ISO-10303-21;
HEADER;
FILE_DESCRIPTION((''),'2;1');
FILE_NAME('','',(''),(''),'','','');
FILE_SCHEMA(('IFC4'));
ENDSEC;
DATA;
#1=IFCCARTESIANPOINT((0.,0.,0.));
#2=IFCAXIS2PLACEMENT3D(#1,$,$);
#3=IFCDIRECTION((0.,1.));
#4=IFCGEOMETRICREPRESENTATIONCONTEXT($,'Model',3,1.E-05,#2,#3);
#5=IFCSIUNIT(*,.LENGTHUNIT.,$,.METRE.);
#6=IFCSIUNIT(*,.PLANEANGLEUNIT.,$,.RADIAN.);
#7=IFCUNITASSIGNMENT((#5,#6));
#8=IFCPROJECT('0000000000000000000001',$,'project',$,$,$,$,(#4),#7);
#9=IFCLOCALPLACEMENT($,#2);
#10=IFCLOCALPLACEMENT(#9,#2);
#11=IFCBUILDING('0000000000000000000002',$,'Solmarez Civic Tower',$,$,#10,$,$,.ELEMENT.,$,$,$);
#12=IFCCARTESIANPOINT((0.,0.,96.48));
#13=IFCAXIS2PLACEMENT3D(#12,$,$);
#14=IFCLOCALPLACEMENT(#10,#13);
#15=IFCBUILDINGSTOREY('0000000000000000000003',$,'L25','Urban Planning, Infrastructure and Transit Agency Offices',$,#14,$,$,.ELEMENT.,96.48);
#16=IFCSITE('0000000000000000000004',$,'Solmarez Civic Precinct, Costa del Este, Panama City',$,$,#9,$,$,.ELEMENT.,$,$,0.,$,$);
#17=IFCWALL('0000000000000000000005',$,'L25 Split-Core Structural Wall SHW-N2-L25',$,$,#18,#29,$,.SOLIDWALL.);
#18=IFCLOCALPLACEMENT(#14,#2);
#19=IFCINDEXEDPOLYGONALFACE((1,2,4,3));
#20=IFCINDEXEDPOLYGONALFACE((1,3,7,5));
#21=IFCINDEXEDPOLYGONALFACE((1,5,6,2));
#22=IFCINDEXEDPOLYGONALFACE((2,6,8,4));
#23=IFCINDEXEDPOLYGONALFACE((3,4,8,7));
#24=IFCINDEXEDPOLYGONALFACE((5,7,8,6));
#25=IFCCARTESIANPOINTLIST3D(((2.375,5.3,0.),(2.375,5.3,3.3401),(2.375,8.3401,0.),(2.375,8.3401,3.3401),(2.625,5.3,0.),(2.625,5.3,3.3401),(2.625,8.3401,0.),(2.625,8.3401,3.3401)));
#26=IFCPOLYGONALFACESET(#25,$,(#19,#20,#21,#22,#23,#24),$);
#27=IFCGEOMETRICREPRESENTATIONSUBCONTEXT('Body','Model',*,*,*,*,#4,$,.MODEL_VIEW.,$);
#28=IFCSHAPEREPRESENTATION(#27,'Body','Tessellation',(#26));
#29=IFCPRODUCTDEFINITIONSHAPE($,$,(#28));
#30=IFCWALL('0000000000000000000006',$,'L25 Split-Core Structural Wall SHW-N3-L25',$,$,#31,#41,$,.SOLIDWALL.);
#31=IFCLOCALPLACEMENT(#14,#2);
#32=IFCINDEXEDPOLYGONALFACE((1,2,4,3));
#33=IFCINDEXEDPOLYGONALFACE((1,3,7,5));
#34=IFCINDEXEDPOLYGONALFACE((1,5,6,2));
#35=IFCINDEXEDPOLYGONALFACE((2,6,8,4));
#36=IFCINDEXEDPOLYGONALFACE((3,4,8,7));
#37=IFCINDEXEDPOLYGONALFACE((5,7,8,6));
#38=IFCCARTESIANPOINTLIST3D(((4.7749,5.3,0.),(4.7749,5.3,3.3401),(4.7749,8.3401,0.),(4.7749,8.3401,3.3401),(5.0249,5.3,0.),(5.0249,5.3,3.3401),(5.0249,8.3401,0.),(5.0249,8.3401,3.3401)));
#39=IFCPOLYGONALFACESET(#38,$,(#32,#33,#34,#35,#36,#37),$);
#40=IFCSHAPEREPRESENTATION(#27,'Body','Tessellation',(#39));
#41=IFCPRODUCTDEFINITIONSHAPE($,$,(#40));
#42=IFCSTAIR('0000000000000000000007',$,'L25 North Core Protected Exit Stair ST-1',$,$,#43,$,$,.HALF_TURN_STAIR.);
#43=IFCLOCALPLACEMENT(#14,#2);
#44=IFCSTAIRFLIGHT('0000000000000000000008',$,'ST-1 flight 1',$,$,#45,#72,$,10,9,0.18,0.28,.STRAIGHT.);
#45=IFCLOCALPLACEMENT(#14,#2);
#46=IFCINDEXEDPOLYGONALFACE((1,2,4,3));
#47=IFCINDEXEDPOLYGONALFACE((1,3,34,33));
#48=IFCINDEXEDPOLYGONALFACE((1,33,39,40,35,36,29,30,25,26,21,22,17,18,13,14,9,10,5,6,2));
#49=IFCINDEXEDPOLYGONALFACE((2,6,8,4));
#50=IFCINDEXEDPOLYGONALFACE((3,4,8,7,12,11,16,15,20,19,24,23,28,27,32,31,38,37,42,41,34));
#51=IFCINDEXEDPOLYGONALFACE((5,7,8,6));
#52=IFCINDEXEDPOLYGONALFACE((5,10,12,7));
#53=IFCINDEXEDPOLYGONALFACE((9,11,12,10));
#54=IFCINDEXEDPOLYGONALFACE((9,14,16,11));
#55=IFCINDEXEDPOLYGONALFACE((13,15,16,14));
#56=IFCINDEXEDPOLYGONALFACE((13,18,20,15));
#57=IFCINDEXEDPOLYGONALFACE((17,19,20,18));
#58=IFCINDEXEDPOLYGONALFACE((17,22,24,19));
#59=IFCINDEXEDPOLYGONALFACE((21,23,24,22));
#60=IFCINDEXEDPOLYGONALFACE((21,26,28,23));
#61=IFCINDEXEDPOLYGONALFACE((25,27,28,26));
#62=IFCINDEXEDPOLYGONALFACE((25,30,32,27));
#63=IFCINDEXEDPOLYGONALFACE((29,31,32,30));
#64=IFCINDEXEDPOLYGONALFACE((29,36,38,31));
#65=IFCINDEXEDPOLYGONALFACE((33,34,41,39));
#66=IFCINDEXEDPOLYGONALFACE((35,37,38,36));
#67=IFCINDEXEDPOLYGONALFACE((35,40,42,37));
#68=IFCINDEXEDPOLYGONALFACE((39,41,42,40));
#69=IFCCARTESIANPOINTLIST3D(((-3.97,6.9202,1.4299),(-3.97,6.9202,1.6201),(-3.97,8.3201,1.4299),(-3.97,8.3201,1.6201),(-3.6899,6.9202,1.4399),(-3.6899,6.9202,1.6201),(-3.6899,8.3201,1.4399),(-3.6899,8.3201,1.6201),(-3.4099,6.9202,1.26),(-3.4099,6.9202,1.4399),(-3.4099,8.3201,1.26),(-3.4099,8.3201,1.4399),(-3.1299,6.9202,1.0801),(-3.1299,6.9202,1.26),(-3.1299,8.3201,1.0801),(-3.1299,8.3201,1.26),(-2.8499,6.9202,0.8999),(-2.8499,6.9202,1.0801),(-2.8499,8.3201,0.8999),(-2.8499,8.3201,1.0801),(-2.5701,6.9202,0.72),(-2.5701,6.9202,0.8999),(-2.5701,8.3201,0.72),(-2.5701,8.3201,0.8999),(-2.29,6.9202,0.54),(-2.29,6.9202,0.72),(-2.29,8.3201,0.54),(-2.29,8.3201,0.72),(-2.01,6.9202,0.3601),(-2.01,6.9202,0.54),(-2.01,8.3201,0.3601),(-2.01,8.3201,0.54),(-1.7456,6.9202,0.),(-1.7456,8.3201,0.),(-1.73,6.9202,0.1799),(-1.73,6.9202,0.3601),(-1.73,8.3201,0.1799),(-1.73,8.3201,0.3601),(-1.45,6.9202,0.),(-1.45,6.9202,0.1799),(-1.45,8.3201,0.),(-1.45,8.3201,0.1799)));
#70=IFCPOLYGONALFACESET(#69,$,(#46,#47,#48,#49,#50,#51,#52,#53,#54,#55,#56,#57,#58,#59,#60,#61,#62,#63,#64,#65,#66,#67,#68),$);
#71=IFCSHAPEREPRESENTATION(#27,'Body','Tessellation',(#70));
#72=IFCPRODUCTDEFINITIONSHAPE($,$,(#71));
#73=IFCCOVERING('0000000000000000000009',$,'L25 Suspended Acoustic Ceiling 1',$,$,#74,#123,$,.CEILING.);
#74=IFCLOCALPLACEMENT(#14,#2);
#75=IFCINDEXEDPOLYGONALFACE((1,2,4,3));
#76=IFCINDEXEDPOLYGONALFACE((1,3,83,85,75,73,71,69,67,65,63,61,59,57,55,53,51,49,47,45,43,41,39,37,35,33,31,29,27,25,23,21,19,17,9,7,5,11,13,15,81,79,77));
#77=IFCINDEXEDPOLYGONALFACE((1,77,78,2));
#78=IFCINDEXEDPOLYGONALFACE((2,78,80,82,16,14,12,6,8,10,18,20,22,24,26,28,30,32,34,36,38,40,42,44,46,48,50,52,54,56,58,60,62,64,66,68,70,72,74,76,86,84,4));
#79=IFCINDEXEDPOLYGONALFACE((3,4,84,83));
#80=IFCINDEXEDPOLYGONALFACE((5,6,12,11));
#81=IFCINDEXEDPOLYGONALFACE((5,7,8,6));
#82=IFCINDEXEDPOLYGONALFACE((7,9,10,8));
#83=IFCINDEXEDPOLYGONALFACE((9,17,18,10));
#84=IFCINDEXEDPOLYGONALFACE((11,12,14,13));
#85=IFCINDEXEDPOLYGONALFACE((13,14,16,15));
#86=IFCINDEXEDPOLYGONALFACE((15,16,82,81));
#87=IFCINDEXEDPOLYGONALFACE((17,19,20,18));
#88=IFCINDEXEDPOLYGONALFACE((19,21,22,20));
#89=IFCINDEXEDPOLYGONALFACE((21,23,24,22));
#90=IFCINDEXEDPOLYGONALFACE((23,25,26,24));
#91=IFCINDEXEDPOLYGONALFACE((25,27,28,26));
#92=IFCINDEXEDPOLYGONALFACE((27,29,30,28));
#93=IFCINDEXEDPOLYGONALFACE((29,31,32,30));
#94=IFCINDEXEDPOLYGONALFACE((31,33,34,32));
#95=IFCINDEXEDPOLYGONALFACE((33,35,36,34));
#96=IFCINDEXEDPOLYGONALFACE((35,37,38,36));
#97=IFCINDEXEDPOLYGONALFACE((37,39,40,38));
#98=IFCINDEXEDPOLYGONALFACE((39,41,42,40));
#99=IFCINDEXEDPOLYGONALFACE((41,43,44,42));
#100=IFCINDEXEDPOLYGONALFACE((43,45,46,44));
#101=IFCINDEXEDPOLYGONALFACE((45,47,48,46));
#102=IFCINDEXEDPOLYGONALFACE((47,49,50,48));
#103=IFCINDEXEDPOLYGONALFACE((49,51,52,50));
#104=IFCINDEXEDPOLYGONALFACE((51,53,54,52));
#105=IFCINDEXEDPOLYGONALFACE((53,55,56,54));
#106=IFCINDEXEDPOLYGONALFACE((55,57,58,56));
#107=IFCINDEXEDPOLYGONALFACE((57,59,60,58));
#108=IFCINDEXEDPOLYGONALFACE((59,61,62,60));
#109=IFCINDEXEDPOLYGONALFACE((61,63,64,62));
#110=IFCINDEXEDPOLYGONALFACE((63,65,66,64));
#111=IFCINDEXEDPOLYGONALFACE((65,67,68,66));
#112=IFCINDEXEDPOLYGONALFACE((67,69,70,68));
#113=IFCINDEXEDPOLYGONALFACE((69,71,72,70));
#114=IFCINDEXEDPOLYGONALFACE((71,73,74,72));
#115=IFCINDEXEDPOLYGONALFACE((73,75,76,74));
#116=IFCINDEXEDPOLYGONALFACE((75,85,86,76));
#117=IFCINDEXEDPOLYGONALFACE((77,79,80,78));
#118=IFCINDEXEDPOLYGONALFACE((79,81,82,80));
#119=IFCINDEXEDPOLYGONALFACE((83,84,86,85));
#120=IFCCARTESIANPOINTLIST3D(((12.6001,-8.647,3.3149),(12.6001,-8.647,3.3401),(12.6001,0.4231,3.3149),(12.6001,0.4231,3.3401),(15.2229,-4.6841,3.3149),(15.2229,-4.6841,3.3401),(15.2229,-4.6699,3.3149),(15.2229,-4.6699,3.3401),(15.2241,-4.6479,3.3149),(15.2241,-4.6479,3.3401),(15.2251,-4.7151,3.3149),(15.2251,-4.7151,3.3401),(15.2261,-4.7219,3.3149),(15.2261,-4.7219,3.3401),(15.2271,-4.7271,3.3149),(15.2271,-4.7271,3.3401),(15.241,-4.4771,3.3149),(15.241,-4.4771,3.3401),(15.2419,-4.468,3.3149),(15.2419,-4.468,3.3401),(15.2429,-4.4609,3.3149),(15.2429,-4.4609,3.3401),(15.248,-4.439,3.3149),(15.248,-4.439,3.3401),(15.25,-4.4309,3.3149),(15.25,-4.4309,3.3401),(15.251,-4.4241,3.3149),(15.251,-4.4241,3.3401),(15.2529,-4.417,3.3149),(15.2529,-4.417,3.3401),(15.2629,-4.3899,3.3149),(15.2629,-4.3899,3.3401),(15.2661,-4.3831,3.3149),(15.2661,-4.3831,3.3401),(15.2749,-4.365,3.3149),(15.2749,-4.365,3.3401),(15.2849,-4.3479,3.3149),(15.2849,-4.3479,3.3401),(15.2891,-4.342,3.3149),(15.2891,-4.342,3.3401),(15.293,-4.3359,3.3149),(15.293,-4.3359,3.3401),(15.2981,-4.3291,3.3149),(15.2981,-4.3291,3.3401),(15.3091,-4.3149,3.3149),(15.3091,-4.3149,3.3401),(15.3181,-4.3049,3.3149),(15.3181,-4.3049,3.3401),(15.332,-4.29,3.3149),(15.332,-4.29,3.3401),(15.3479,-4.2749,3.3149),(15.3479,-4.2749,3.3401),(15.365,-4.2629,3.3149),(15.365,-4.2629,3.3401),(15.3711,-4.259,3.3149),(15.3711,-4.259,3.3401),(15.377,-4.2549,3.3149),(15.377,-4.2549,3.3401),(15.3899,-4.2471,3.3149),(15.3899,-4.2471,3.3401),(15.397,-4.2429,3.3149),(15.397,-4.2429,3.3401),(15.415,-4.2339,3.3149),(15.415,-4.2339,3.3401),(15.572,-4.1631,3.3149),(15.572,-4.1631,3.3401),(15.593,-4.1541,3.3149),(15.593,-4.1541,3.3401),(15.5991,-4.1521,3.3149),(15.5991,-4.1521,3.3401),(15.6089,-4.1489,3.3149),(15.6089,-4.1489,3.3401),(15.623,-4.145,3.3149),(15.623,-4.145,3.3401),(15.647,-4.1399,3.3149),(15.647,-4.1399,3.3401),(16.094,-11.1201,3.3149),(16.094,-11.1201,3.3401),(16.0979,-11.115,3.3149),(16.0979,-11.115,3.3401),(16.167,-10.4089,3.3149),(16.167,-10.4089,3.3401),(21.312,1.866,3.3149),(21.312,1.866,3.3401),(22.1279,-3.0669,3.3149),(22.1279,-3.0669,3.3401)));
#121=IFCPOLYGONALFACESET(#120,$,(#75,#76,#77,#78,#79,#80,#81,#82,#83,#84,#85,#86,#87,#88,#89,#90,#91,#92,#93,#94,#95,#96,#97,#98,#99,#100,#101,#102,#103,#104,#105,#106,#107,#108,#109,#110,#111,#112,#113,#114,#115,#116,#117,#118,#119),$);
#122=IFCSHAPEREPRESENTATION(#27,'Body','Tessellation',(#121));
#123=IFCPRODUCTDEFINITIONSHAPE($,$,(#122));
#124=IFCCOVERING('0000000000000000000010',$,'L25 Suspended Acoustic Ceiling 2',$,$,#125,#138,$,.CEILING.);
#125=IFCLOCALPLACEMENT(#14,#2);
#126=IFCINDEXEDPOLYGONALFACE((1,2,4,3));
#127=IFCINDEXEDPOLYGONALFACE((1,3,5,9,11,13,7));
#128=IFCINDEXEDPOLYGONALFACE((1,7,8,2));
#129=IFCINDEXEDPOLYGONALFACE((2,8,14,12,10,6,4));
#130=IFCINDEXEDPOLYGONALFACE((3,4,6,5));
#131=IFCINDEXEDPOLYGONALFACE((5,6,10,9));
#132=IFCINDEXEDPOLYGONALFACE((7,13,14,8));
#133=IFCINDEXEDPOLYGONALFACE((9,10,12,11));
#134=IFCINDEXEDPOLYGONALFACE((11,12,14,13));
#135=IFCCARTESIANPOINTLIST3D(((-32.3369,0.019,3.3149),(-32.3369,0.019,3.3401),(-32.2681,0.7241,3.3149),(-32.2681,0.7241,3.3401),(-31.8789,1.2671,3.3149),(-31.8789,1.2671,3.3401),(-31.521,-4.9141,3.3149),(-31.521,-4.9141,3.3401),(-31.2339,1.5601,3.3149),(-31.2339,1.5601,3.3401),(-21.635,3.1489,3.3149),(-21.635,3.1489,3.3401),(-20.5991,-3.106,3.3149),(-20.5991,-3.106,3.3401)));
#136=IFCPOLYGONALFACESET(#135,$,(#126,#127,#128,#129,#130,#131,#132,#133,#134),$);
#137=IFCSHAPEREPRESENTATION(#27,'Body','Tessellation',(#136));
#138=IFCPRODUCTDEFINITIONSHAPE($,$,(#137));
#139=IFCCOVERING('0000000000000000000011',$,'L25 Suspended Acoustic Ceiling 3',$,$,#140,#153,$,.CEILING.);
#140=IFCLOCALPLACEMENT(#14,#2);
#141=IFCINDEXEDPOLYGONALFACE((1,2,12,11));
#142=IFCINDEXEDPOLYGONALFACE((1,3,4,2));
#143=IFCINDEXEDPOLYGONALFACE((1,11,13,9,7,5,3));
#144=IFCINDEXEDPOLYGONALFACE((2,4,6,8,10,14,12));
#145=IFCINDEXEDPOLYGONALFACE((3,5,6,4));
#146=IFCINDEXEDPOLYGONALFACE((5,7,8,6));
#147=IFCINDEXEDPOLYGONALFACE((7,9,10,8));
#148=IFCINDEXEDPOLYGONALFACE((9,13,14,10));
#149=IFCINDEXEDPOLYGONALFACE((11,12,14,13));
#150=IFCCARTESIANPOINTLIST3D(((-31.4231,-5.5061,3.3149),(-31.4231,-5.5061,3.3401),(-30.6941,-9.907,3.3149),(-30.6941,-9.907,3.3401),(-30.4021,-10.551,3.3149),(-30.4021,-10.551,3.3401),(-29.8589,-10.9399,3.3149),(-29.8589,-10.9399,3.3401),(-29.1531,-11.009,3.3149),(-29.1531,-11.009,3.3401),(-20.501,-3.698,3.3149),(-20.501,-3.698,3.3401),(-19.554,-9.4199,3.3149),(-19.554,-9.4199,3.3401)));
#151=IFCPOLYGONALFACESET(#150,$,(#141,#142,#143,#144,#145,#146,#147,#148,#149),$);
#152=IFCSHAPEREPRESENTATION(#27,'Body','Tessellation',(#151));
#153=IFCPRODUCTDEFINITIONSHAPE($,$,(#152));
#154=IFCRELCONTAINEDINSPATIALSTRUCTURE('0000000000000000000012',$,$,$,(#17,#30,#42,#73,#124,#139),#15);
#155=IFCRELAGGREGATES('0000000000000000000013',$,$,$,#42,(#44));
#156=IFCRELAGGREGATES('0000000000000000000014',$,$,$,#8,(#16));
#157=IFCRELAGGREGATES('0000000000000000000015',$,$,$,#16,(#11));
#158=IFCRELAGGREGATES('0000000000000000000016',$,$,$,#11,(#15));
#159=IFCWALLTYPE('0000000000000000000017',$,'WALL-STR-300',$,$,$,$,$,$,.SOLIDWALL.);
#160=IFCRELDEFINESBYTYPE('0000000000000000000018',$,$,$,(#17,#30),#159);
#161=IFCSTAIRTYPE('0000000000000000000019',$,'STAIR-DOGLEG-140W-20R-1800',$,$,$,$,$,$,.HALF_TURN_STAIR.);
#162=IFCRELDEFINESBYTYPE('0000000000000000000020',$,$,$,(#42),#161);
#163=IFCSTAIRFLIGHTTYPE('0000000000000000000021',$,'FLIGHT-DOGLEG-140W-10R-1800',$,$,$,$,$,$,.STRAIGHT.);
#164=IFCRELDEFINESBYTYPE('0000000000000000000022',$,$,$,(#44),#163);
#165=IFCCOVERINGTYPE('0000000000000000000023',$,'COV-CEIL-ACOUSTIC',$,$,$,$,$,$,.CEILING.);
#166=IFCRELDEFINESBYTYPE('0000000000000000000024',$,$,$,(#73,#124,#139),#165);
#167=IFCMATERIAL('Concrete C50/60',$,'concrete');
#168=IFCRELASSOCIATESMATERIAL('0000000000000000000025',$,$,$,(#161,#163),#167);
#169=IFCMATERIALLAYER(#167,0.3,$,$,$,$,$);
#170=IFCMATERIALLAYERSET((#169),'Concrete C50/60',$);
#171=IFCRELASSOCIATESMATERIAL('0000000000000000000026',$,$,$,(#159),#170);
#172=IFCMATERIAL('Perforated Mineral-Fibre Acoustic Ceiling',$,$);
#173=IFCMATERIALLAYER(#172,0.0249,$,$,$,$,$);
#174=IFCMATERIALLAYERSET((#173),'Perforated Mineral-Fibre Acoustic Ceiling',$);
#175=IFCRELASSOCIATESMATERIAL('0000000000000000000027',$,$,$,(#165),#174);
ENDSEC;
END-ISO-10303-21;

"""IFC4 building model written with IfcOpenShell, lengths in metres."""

from ifc_helpers import new_model, si_unit, direction, frame, frame_2d, origin, place, context, subcontext, project, spatial, polyline, rectangle, outline, extrude, material, layer, layer_set, type_object, element, aggregate, save


model = new_model("IFC4")

# Units and contexts
model_context = context("Model", 3, precision=1e-05, world=origin(), true_north=direction((0.0, 1.0)))
body_context = subcontext(model_context, "Body", "Model", "MODEL_VIEW")
ifc_project = project(units=[si_unit("LENGTHUNIT", "METRE"), si_unit("PLANEANGLEUNIT", "RADIAN")], contexts=[model_context])

# Site, building, storey
site_placement = place(None, origin())
site = spatial("IfcSite", under=ifc_project, at=site_placement, Name="Solmarez Civic Precinct, Costa del Este, Panama City", CompositionType="ELEMENT", RefElevation=0.0)
building_placement = place(site_placement, origin())
building = spatial("IfcBuilding", under=site, at=building_placement, Name="Solmarez Civic Tower", CompositionType="ELEMENT")
storey_placement = place(building_placement, frame((0.0, 0.0, 96.48)))
storey = spatial("IfcBuildingStorey", under=building, at=storey_placement, Name="L25", Description="Urban Planning, Infrastructure and Transit Agency Offices", CompositionType="ELEMENT", Elevation=96.48)

# Shared definitions
ifc_material_1 = material(Name="Concrete C50/60", Category="concrete")

# Shared definitions
stair_type = type_object("IfcStairType", Name="STAIR-DOGLEG-140W-20R-1800", PredefinedType="HALF_TURN_STAIR", material=ifc_material_1)

# Walls
ifc_layer_1 = layer(ifc_material_1, 0.3)
ifc_layer_set_1 = layer_set([ifc_layer_1], Name="Concrete C50/60")
wall_type_1 = type_object("IfcWallType", Name="WALL-STR-300", PredefinedType="SOLIDWALL", material=ifc_layer_set_1)
for number, where, z_axis, x_axis, name in (
    (1, (2.5, 5.3, 0.0), (0.0, 0.0, 1.0), (0.0, 1.0, 0.0), "L25 Split-Core Structural Wall SHW-N2-L25"),
    (2, (4.8999, 5.3, 0.0), (0.0, 0.0, 1.0), (0.0, 1.0, 0.0), "L25 Split-Core Structural Wall SHW-N3-L25"),
):
    element("IfcWall", number, at=place(storey_placement, frame(where, z_axis=z_axis, x_axis=x_axis)), inside=storey, type_object=wall_type_1, Name=name, PredefinedType="SOLIDWALL", context=body_context, shape_type="SweptSolid", body=[
        extrude(rectangle(XDim=3.04, YDim=0.25, at=frame_2d((1.52, 0.0))), origin(), (0.0, 0.0, 1.0), 3.3401),
    ])

# Stair, stair flight
stair_1_placement = place(storey_placement, origin())
stair_1 = element("IfcStair", 3, at=stair_1_placement, inside=storey, type_object=stair_type, Name="L25 North Core Protected Exit Stair ST-1", PredefinedType="HALF_TURN_STAIR")
stair_flight_type = type_object("IfcStairFlightType", Name="FLIGHT-DOGLEG-140W-10R-1800", PredefinedType="STRAIGHT", material=ifc_material_1)
stair_flight_placement = place(storey_placement, frame((-1.45, 7.6201, 0.0), z_axis=(0.0, 0.0, 1.0), x_axis=(-1.0, 0.0, 0.0)))
stair_flight = element("IfcStairFlight", 4, at=stair_flight_placement, type_object=stair_flight_type, Name="ST-1 flight 1", NumberOfRisers=10, NumberOfTreads=9, PredefinedType="STRAIGHT", RiserHeight=0.18, TreadLength=0.28, context=body_context, shape_type="SweptSolid", body=[
    extrude(outline(polyline([(0.0, 0.0), (0.0, 0.1799), (0.28, 0.1799), (0.28, 0.3601), (0.5601, 0.3601), (0.5601, 0.54), (0.8401, 0.54), (0.8401, 0.72), (1.1201, 0.72), (1.1201, 0.8999), (1.3999, 0.8999), (1.3999, 1.0801), (1.6799, 1.0801), (1.6799, 1.26), (1.96, 1.26), (1.96, 1.4399), (2.24, 1.4399), (2.24, 1.6201), (2.52, 1.6201), (2.52, 1.8), (2.52, 1.4299), (0.2957, 0.0), (0.0, 0.0)])), frame((0.0, 0.7, 0.0), z_axis=(0.0, -1.0, 0.0), x_axis=(1.0, 0.0, 0.0)), (0.0, 0.0, 1.0), 1.3999),
])
aggregate(stair_1, [stair_flight])

# Coverings
ifc_material_2 = material(Name="Perforated Mineral-Fibre Acoustic Ceiling")
ifc_layer_2 = layer(ifc_material_2, 0.0249)
ifc_layer_set_2 = layer_set([ifc_layer_2], Name="Perforated Mineral-Fibre Acoustic Ceiling")
covering_type_1 = type_object("IfcCoveringType", Name="COV-CEIL-ACOUSTIC", PredefinedType="CEILING", material=ifc_layer_set_2)
covering_1_placement = place(storey_placement, frame((0.0, 0.0, 3.3149)))
element("IfcCovering", 5, at=covering_1_placement, inside=storey, type_object=covering_type_1, Name="L25 Suspended Acoustic Ceiling 1", PredefinedType="CEILING", context=body_context, shape_type="SweptSolid", body=[
    extrude(outline(polyline([(12.6001, 0.4231), (12.6001, -8.647), (16.094, -11.1201), (16.0979, -11.115), (16.167, -10.4089), (15.2271, -4.7271), (15.2261, -4.7219), (15.2251, -4.7151), (15.2229, -4.6841), (15.2229, -4.6699), (15.2241, -4.6479), (15.241, -4.4771), (15.2419, -4.468), (15.2429, -4.4609), (15.248, -4.439), (15.25, -4.4309), (15.251, -4.4241), (15.2529, -4.417), (15.2629, -4.3899), (15.2661, -4.3831), (15.2749, -4.365), (15.2849, -4.3479), (15.2891, -4.342), (15.293, -4.3359), (15.2981, -4.3291), (15.3091, -4.3149), (15.3181, -4.3049), (15.332, -4.29), (15.3479, -4.2749), (15.365, -4.2629), (15.3711, -4.259), (15.377, -4.2549), (15.3899, -4.2471), (15.397, -4.2429), (15.415, -4.2339), (15.572, -4.1631), (15.593, -4.1541), (15.5991, -4.1521), (15.6089, -4.1489), (15.623, -4.145), (15.647, -4.1399), (22.1279, -3.0669), (21.312, 1.866), (12.6001, 0.4231)])), origin(), (0.0, 0.0, 1.0), 0.0251),
])
covering_2_placement = place(storey_placement, frame((0.0, 0.0, 3.3149)))
element("IfcCovering", 6, at=covering_2_placement, inside=storey, type_object=covering_type_1, Name="L25 Suspended Acoustic Ceiling 2", PredefinedType="CEILING", context=body_context, shape_type="SweptSolid", body=[
    extrude(outline(polyline([(-21.635, 3.1489), (-31.2339, 1.5601), (-31.8789, 1.2671), (-32.2681, 0.7241), (-32.3369, 0.019), (-31.521, -4.9141), (-20.5991, -3.106), (-21.635, 3.1489)])), origin(), (0.0, 0.0, 1.0), 0.0251),
])
covering_3_placement = place(storey_placement, frame((0.0, 0.0, 3.3149)))
element("IfcCovering", 7, at=covering_3_placement, inside=storey, type_object=covering_type_1, Name="L25 Suspended Acoustic Ceiling 3", PredefinedType="CEILING", context=body_context, shape_type="SweptSolid", body=[
    extrude(outline(polyline([(-31.4231, -5.5061), (-30.6941, -9.907), (-30.4021, -10.551), (-29.8589, -10.9399), (-29.1531, -11.009), (-19.554, -9.4199), (-20.501, -3.698), (-31.4231, -5.5061)])), origin(), (0.0, 0.0, 1.0), 0.0251),
])

save(model, "model.ifc")
